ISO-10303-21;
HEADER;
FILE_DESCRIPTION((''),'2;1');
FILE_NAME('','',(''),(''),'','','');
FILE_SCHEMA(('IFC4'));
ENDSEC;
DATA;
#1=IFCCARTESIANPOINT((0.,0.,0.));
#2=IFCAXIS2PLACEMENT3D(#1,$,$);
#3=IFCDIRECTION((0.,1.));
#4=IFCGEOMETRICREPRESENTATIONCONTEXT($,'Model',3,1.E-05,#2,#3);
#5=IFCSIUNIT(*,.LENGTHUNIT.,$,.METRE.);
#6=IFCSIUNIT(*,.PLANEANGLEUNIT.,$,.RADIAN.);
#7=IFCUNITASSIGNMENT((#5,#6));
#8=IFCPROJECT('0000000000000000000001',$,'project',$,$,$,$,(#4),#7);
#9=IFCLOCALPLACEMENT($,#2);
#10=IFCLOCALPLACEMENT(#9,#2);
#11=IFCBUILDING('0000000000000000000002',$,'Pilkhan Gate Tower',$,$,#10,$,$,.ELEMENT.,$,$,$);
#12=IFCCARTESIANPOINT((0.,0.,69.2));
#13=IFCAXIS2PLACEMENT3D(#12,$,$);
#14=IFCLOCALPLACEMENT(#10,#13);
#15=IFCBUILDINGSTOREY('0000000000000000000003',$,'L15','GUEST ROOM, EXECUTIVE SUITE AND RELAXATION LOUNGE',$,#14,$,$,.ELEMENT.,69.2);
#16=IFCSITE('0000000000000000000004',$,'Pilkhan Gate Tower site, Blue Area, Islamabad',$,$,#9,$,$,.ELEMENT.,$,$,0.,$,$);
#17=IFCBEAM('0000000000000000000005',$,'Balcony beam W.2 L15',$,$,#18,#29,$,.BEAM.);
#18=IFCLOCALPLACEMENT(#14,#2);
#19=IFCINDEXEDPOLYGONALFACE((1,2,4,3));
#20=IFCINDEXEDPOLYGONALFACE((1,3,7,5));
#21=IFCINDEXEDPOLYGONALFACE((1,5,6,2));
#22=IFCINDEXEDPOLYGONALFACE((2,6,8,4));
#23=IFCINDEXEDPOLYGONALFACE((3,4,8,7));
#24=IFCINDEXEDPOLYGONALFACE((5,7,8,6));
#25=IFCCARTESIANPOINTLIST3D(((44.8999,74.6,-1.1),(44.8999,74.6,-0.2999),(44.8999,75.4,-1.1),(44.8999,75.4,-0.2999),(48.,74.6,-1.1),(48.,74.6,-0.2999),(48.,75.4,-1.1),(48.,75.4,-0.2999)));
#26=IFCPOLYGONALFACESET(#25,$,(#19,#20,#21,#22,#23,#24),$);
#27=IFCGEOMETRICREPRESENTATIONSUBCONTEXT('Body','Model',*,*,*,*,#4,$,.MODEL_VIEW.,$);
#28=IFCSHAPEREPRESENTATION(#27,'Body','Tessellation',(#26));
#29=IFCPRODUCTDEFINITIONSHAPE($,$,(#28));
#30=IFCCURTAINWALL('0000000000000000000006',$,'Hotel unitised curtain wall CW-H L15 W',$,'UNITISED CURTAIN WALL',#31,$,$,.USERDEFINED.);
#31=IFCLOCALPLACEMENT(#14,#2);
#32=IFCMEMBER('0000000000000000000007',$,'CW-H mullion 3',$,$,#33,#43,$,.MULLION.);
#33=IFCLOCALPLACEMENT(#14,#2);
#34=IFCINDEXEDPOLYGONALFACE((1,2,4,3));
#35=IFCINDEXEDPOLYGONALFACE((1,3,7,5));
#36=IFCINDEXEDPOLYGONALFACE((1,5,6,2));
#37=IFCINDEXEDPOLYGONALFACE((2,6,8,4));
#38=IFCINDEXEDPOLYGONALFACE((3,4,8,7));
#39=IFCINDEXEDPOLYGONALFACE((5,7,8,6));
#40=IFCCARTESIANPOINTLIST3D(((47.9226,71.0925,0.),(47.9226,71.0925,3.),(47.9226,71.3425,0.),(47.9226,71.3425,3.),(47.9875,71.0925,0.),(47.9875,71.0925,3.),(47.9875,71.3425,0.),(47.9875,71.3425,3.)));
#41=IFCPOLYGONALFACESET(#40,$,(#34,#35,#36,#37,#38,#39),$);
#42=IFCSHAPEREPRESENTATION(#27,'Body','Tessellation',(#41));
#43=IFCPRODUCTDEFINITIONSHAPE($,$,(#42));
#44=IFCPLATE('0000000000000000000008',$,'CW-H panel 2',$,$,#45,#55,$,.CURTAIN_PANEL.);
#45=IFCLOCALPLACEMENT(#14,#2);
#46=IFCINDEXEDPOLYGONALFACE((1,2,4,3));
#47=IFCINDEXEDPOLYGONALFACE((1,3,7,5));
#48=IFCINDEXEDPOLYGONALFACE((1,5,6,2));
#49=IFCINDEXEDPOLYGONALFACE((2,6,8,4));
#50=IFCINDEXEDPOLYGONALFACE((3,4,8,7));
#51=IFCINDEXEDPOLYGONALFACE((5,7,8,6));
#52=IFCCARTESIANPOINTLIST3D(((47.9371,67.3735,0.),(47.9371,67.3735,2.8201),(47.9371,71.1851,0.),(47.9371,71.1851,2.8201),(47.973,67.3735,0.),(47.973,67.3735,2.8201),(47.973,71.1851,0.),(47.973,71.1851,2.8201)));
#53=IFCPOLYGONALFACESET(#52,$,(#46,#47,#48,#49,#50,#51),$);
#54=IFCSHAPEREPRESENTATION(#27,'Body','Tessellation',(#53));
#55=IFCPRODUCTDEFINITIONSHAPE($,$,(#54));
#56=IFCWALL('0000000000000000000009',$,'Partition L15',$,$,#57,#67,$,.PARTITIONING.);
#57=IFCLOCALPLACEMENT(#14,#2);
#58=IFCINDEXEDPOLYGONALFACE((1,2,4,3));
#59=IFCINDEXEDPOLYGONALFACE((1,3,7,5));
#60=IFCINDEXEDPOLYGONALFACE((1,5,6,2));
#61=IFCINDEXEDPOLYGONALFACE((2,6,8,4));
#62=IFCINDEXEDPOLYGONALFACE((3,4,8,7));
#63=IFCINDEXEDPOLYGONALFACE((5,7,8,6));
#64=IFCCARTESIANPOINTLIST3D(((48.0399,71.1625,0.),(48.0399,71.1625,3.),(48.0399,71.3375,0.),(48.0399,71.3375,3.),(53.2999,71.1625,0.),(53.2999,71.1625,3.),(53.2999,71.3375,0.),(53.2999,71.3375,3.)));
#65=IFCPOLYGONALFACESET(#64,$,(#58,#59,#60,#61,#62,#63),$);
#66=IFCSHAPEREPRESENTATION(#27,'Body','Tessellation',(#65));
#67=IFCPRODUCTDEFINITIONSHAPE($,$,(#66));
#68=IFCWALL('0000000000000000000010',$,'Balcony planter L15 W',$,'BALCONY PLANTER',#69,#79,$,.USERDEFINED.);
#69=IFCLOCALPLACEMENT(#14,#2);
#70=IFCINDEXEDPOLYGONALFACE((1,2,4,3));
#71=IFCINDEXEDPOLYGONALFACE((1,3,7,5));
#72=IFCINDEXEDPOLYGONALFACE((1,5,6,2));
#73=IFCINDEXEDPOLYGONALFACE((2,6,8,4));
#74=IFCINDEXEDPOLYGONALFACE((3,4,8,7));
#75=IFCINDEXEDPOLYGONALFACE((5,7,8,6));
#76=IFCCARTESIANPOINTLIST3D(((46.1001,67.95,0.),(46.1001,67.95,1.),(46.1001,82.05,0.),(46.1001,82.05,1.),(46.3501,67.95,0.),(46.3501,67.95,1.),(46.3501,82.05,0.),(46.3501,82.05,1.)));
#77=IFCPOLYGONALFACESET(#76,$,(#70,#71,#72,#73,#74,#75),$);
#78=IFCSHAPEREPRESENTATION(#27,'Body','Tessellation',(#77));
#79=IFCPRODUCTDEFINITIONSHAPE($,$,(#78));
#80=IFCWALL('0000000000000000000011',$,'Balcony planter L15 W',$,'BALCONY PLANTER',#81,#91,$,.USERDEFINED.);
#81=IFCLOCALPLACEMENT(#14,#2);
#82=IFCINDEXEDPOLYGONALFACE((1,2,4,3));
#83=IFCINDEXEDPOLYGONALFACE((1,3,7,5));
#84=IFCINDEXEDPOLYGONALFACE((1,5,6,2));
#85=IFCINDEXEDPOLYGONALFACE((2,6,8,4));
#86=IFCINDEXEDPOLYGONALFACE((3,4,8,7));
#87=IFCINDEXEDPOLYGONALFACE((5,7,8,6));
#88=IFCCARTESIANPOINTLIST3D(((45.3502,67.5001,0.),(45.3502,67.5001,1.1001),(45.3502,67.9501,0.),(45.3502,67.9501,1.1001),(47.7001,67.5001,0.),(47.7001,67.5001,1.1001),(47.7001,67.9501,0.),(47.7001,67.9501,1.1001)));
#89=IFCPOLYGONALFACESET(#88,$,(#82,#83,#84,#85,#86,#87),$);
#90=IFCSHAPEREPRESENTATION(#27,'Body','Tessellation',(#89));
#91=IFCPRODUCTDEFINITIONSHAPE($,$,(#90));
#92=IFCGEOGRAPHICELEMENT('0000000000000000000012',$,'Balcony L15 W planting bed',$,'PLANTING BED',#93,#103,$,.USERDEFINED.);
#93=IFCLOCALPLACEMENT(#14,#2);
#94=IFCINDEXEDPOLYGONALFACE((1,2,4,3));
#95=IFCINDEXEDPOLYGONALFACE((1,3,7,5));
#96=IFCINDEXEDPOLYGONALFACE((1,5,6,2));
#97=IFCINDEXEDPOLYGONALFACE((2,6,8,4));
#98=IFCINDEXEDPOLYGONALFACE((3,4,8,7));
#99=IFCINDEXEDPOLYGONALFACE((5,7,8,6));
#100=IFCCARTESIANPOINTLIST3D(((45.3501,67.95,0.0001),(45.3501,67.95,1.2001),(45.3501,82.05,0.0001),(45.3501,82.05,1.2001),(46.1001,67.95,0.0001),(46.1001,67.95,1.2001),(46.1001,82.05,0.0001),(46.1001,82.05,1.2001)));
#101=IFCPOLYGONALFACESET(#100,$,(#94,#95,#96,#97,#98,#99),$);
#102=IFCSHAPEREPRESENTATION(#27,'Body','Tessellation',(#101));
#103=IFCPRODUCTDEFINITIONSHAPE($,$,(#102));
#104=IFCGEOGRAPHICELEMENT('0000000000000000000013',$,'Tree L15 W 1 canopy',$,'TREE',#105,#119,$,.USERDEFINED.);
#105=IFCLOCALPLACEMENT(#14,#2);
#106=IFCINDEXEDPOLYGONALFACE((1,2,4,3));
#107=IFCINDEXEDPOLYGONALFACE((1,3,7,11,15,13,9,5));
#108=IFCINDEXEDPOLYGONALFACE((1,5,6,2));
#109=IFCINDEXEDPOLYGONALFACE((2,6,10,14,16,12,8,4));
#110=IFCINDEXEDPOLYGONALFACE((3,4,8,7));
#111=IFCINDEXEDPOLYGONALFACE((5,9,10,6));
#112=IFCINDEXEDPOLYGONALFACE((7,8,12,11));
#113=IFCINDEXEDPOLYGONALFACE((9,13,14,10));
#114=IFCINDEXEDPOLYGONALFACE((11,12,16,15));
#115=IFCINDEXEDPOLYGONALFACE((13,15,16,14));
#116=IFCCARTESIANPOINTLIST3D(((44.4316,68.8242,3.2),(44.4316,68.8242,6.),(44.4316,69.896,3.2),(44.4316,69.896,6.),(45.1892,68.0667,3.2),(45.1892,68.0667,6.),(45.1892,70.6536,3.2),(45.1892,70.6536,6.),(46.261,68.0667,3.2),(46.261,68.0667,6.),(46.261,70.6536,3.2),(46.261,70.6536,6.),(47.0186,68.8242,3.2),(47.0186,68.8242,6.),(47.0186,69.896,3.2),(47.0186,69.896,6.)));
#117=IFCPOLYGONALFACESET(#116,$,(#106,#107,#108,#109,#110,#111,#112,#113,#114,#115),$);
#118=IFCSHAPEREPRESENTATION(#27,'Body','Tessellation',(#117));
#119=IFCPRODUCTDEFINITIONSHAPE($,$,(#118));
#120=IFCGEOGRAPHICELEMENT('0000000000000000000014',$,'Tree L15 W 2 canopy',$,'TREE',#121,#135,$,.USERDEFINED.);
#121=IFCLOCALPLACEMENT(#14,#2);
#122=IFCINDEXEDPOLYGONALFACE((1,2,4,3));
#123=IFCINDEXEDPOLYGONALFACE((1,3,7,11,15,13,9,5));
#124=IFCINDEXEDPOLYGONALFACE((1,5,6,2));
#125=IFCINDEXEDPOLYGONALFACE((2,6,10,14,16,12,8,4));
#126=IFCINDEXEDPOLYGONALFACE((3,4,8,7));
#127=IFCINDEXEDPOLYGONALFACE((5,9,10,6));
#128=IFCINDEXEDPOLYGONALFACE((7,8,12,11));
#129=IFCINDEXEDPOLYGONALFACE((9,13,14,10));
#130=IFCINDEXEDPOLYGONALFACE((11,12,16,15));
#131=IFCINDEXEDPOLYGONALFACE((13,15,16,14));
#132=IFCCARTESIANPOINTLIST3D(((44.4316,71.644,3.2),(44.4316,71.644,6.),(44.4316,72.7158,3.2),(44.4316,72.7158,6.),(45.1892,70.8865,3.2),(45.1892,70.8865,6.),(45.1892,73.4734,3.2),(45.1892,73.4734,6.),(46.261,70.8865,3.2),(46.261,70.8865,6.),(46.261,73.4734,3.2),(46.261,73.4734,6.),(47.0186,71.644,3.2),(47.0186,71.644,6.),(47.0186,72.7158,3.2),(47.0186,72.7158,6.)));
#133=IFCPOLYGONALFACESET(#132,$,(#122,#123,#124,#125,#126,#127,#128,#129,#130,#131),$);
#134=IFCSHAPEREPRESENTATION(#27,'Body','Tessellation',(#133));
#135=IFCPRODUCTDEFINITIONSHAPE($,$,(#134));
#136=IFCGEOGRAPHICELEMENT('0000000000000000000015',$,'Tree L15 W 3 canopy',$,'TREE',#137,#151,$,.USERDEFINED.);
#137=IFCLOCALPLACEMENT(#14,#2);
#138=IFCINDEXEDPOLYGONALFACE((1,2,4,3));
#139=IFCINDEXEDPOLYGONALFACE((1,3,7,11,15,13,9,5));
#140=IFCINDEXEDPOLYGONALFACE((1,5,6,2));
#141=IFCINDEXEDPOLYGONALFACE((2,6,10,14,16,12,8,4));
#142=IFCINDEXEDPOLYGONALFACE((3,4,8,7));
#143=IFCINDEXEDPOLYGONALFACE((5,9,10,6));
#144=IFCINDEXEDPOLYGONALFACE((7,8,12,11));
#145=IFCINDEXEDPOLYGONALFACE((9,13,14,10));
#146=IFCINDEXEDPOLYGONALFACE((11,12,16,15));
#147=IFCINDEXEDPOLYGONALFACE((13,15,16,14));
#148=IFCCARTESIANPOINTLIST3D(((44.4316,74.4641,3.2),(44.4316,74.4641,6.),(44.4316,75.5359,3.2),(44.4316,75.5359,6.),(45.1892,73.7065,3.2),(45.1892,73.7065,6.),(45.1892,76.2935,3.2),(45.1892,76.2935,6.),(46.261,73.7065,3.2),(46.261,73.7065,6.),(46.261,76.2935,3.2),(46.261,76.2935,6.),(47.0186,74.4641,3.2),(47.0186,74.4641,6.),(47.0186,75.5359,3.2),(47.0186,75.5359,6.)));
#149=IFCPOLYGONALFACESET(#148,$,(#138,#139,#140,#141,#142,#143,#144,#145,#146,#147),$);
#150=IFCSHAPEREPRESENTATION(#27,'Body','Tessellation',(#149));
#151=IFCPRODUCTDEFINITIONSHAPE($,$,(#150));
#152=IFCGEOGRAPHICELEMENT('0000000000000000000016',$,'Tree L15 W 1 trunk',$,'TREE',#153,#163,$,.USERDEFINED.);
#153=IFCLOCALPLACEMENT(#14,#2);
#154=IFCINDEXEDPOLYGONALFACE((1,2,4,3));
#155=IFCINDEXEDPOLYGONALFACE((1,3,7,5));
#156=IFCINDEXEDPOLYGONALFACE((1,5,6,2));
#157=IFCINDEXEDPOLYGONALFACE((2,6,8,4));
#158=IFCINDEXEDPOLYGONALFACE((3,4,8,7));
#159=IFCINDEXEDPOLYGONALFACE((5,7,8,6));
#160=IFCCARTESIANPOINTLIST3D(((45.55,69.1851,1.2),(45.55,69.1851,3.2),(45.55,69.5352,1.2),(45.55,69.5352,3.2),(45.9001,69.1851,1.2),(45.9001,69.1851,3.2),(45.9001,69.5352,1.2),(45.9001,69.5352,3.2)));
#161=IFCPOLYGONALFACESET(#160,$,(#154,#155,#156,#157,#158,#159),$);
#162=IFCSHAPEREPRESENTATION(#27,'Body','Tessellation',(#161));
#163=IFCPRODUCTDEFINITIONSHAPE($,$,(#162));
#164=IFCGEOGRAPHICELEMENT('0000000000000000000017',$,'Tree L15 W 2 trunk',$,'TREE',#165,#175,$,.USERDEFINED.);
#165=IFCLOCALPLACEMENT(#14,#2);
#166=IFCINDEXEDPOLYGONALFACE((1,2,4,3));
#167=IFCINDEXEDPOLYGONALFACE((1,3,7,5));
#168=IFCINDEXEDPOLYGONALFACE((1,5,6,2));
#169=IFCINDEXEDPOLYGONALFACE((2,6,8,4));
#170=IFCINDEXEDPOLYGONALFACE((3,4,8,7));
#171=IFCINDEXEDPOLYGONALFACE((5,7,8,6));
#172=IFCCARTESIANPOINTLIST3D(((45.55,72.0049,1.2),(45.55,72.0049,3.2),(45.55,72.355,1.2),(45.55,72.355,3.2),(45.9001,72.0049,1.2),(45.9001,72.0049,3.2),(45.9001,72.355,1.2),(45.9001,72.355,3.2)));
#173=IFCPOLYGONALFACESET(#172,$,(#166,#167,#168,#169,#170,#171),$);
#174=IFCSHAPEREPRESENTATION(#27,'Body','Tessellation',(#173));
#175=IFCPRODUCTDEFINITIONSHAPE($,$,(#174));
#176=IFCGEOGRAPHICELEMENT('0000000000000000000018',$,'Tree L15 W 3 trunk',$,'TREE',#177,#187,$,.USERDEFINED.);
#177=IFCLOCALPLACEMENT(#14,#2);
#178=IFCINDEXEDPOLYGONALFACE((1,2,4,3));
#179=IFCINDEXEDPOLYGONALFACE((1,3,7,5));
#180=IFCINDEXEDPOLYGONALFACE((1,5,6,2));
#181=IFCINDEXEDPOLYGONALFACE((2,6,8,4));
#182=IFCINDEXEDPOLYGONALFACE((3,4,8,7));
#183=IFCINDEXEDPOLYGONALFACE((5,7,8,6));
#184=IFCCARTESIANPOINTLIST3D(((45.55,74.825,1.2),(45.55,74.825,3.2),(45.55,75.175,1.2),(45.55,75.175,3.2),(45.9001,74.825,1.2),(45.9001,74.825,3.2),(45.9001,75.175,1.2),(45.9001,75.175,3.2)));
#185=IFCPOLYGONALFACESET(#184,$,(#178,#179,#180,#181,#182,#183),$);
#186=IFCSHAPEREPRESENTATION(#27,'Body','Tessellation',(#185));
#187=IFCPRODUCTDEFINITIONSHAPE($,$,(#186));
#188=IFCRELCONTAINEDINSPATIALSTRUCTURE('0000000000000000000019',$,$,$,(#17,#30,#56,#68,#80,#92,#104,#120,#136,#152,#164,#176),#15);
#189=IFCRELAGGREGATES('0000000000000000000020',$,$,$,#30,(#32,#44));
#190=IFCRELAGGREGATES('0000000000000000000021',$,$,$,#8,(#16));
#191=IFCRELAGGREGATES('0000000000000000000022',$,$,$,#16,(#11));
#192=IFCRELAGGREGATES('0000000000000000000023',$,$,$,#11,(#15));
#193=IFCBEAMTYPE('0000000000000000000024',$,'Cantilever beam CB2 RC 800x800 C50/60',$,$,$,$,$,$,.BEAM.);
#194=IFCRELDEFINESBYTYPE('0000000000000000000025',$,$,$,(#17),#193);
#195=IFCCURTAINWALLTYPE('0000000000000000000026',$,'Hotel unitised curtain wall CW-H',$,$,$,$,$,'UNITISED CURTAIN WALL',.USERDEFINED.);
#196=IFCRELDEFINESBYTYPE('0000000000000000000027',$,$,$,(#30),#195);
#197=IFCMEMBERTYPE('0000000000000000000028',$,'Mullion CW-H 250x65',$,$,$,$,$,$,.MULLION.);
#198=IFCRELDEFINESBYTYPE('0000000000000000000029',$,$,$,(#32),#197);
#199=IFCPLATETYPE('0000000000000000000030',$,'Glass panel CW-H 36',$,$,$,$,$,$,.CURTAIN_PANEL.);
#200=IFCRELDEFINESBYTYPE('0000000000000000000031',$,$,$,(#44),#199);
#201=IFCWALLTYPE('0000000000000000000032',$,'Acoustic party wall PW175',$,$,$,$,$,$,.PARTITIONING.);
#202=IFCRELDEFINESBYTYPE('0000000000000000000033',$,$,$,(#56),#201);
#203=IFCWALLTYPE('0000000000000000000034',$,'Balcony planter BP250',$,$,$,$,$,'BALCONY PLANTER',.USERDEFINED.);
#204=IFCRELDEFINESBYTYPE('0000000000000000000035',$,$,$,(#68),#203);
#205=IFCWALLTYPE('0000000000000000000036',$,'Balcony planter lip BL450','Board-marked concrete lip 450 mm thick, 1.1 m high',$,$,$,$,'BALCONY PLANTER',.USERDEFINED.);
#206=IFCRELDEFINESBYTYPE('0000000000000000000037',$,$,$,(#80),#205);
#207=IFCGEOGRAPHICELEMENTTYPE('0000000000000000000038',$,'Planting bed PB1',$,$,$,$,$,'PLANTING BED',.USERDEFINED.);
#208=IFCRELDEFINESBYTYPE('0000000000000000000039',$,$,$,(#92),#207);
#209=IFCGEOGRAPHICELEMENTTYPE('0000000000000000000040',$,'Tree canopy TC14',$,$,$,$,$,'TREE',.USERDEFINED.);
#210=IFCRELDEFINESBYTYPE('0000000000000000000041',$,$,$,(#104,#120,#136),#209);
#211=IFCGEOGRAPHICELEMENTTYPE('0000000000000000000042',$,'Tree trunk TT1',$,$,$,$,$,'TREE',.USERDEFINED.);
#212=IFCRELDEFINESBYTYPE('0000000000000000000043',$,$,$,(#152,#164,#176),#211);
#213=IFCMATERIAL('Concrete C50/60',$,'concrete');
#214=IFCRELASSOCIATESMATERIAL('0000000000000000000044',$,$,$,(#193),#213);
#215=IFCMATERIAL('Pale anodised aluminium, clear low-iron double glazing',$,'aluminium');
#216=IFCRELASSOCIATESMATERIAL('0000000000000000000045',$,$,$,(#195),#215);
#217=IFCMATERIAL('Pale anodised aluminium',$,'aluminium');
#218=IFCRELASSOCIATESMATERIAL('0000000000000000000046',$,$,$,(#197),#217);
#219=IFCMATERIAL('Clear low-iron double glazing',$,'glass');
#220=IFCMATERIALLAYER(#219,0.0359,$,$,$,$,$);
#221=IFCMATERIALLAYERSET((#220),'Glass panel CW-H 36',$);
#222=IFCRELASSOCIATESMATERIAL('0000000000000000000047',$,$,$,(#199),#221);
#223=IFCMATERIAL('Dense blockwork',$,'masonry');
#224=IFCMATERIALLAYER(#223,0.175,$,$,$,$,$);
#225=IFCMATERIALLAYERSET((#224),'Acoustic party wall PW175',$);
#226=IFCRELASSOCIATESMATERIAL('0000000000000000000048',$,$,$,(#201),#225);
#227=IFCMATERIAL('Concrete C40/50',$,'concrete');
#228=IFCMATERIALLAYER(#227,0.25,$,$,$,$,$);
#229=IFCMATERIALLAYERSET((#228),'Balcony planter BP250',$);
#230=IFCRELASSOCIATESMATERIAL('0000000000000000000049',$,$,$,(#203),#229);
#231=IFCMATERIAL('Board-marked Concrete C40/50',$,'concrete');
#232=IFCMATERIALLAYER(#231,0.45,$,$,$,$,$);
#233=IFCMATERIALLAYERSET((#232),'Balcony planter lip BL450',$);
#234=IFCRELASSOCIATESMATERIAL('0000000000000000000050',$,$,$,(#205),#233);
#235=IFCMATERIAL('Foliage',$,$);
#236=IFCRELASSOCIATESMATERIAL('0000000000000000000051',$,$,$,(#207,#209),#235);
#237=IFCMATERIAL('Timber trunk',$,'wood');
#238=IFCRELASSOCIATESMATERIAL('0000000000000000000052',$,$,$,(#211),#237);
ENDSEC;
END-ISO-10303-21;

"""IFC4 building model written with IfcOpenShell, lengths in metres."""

from ifc_helpers import new_model, si_unit, direction, frame, frame_2d, origin, origin_2d, place, context, subcontext, project, spatial, polyline, rectangle, outline, extrude, material, layer, layer_set, material_profile, profile_set, type_object, element, aggregate, save


model = new_model("IFC4")

# Units and contexts
model_context = context("Model", 3, precision=1e-05, world=origin(), true_north=direction((0.0, 1.0)))
body_context = subcontext(model_context, "Body", "Model", "MODEL_VIEW")
ifc_project = project(units=[si_unit("LENGTHUNIT", "METRE"), si_unit("PLANEANGLEUNIT", "RADIAN")], contexts=[model_context])

# Site, building, storey
site_placement = place(None, origin())
site = spatial("IfcSite", under=ifc_project, at=site_placement, Name="Pilkhan Gate Tower site, Blue Area, Islamabad", CompositionType="ELEMENT", RefElevation=0.0)
building_placement = place(site_placement, origin())
building = spatial("IfcBuilding", under=site, at=building_placement, Name="Pilkhan Gate Tower", CompositionType="ELEMENT")
storey_placement = place(building_placement, frame((0.0, 0.0, 69.2)))
storey = spatial("IfcBuildingStorey", under=building, at=storey_placement, Name="L15", Description="GUEST ROOM, EXECUTIVE SUITE AND RELAXATION LOUNGE", CompositionType="ELEMENT", Elevation=69.2)

# Beam
ifc_material_1 = material(Name="Concrete C50/60", Category="concrete")
ifc_material_profile_1 = material_profile(ifc_material_1, rectangle(XDim=0.8, YDim=0.8, at=origin_2d()), Name="RC 800x800")
ifc_profile_set_1 = profile_set([ifc_material_profile_1], Name="Concrete C50/60")
beam_type = type_object("IfcBeamType", Name="Cantilever beam CB2 RC 800x800 C50/60", PredefinedType="BEAM", material=ifc_profile_set_1)
beam_placement = place(storey_placement, frame((48.0, 75.0, -0.7), z_axis=(-1.0, 0.0, 0.0), x_axis=(0.0, -1.0, 0.0)))
element("IfcBeam", 1, at=beam_placement, inside=storey, type_object=beam_type, Name="Balcony beam W.2 L15", PredefinedType="BEAM", context=body_context, shape_type="SweptSolid", body=[
    extrude(rectangle(XDim=0.8, YDim=0.8, at=origin_2d()), origin(), (0.0, 0.0, 1.0), 3.1001),
])

# Curtain wall, member, plate
ifc_material_2 = material(Name="Pale anodised aluminium, clear low-iron double glazing", Category="aluminium")
curtain_wall_type = type_object("IfcCurtainWallType", Name="Hotel unitised curtain wall CW-H", ElementType="UNITISED CURTAIN WALL", PredefinedType="USERDEFINED", material=ifc_material_2)
curtain_wall_placement = place(storey_placement, origin())
curtain_wall = element("IfcCurtainWall", 2, at=curtain_wall_placement, inside=storey, type_object=curtain_wall_type, Name="Hotel unitised curtain wall CW-H L15 W", ObjectType="UNITISED CURTAIN WALL", PredefinedType="USERDEFINED")
ifc_material_3 = material(Name="Pale anodised aluminium", Category="aluminium")
ifc_material_profile_2 = material_profile(ifc_material_3, rectangle(XDim=0.0649, YDim=0.25, at=origin_2d()), Name="Mullion 250x65")
ifc_profile_set_2 = profile_set([ifc_material_profile_2], Name="Pale anodised aluminium")
member_type = type_object("IfcMemberType", Name="Mullion CW-H 250x65", PredefinedType="MULLION", material=ifc_profile_set_2)
member_placement = place(storey_placement, frame((47.9551, 71.2175, 0.0), z_axis=(0.0, 0.0, 1.0), x_axis=(-1.0, 0.0, 0.0)))
member = element("IfcMember", 3, at=member_placement, type_object=member_type, Name="CW-H mullion 3", PredefinedType="MULLION", context=body_context, shape_type="SweptSolid", body=[
    extrude(rectangle(XDim=0.0649, YDim=0.25, at=origin_2d()), origin(), (0.0, 0.0, 1.0), 3.0),
])
ifc_material_4 = material(Name="Clear low-iron double glazing", Category="glass")
ifc_layer_1 = layer(ifc_material_4, 0.0359)
ifc_layer_set_1 = layer_set([ifc_layer_1], Name="Glass panel CW-H 36")
plate_type = type_object("IfcPlateType", Name="Glass panel CW-H 36", PredefinedType="CURTAIN_PANEL", material=ifc_layer_set_1)
plate_placement = place(storey_placement, frame((47.9551, 69.2793, 0.0), z_axis=(0.0, 0.0, 1.0), x_axis=(0.0, 1.0, 0.0)))
plate = element("IfcPlate", 4, at=plate_placement, type_object=plate_type, Name="CW-H panel 2", PredefinedType="CURTAIN_PANEL", context=body_context, shape_type="SweptSolid", body=[
    extrude(rectangle(XDim=3.8115, YDim=0.0359, at=origin_2d()), origin(), (0.0, 0.0, 1.0), 2.8201),
])
aggregate(curtain_wall, [member, plate])

# Walls
ifc_material_5 = material(Name="Dense blockwork", Category="masonry")
ifc_layer_2 = layer(ifc_material_5, 0.175)
ifc_layer_set_2 = layer_set([ifc_layer_2], Name="Acoustic party wall PW175")
wall_type_1 = type_object("IfcWallType", Name="Acoustic party wall PW175", PredefinedType="PARTITIONING", material=ifc_layer_set_2)
wall_1_placement = place(storey_placement, frame((48.04, 71.25, 0.0), z_axis=(0.0, 0.0, 1.0), x_axis=(1.0, 0.0, 0.0)))
element("IfcWall", 5, at=wall_1_placement, inside=storey, type_object=wall_type_1, Name="Partition L15", PredefinedType="PARTITIONING", context=body_context, shape_type="SweptSolid", body=[
    extrude(rectangle(XDim=5.26, YDim=0.175, at=frame_2d((2.6299, 0.0))), origin(), (0.0, 0.0, 1.0), 3.0),
])
ifc_material_6 = material(Name="Concrete C40/50", Category="concrete")
ifc_layer_3 = layer(ifc_material_6, 0.25)
ifc_layer_set_3 = layer_set([ifc_layer_3], Name="Balcony planter BP250")
wall_type_2 = type_object("IfcWallType", Name="Balcony planter BP250", ElementType="BALCONY PLANTER", PredefinedType="USERDEFINED", material=ifc_layer_set_3)
wall_2_placement = place(storey_placement, frame((46.2251, 67.95, 0.0), z_axis=(0.0, 0.0, 1.0), x_axis=(0.0, 1.0, 0.0)))
element("IfcWall", 6, at=wall_2_placement, inside=storey, type_object=wall_type_2, Name="Balcony planter L15 W", ObjectType="BALCONY PLANTER", PredefinedType="USERDEFINED", context=body_context, shape_type="SweptSolid", body=[
    extrude(rectangle(XDim=14.1001, YDim=0.25, at=frame_2d((7.05, 0.0))), origin(), (0.0, 0.0, 1.0), 1.0),
])
ifc_material_7 = material(Name="Board-marked Concrete C40/50", Category="concrete")
ifc_layer_4 = layer(ifc_material_7, 0.45)
ifc_layer_set_4 = layer_set([ifc_layer_4], Name="Balcony planter lip BL450")
wall_type_3 = type_object("IfcWallType", Name="Balcony planter lip BL450", Description="Board-marked concrete lip 450 mm thick, 1.1 m high", ElementType="BALCONY PLANTER", PredefinedType="USERDEFINED", material=ifc_layer_set_4)
wall_3_placement = place(storey_placement, frame((47.7, 67.7251, 0.0), z_axis=(0.0, 0.0, 1.0), x_axis=(-1.0, 0.0, 0.0)))
element("IfcWall", 7, at=wall_3_placement, inside=storey, type_object=wall_type_3, Name="Balcony planter L15 W", ObjectType="BALCONY PLANTER", PredefinedType="USERDEFINED", context=body_context, shape_type="SweptSolid", body=[
    extrude(rectangle(XDim=2.3499, YDim=0.45, at=frame_2d((1.1748, 0.0))), origin(), (0.0, 0.0, 1.0), 1.1001),
])

# Geographic elements
ifc_material_8 = material(Name="Foliage")
ifc_material_profile_3 = material_profile(ifc_material_8, rectangle(XDim=0.75, YDim=1.2, at=origin_2d()), Name="Bed 750x1200")
ifc_profile_set_3 = profile_set([ifc_material_profile_3], Name="Foliage")
geographic_element_type_1 = type_object("IfcGeographicElementType", Name="Planting bed PB1", ElementType="PLANTING BED", PredefinedType="USERDEFINED", material=ifc_profile_set_3)
geographic_element_placement = place(storey_placement, frame((45.7251, 67.95, 0.6001), z_axis=(0.0, 1.0, 0.0), x_axis=(-1.0, 0.0, 0.0)))
element("IfcGeographicElement", 8, at=geographic_element_placement, inside=storey, type_object=geographic_element_type_1, Name="Balcony L15 W planting bed", ObjectType="PLANTING BED", PredefinedType="USERDEFINED", context=body_context, shape_type="SweptSolid", body=[
    extrude(rectangle(XDim=0.75, YDim=1.2, at=origin_2d()), origin(), (0.0, 0.0, 1.0), 14.1001),
])
ifc_material_profile_4 = material_profile(ifc_material_8, outline(polyline([(1.2935, 0.5359), (0.5359, 1.2935), (-0.5359, 1.2935), (-1.2935, 0.5359), (-1.2935, -0.5359), (-0.5359, -1.2935), (0.5359, -1.2935), (1.2935, -0.5359), (1.2935, 0.5359)])), Name="Canopy D2.8")
ifc_profile_set_4 = profile_set([ifc_material_profile_4], Name="Foliage")
geographic_element_type_2 = type_object("IfcGeographicElementType", Name="Tree canopy TC14", ElementType="TREE", PredefinedType="USERDEFINED", material=ifc_profile_set_4)
for number, where, z_axis, x_axis, name in (
    (9, (45.7251, 69.3601, 3.2), (0.0, 0.0, 1.0), (1.0, 0.0, 0.0), "Tree L15 W 1 canopy"),
    (10, (45.7251, 72.1799, 3.2), (0.0, 0.0, 1.0), (1.0, 0.0, 0.0), "Tree L15 W 2 canopy"),
    (11, (45.7251, 75.0, 3.2), (0.0, 0.0, 1.0), (1.0, 0.0, 0.0), "Tree L15 W 3 canopy"),
):
    element("IfcGeographicElement", number, at=place(storey_placement, frame(where, z_axis=z_axis, x_axis=x_axis)), inside=storey, type_object=geographic_element_type_2, Name=name, ObjectType="TREE", PredefinedType="USERDEFINED", context=body_context, shape_type="SweptSolid", body=[
        extrude(outline(polyline([(1.2935, 0.5359), (0.5359, 1.2935), (-0.5359, 1.2935), (-1.2935, 0.5359), (-1.2935, -0.5359), (-0.5359, -1.2935), (0.5359, -1.2935), (1.2935, -0.5359), (1.2935, 0.5359)])), origin(), (0.0, 0.0, 1.0), 2.8),
    ])
ifc_material_9 = material(Name="Timber trunk", Category="wood")
geographic_element_type_3 = type_object("IfcGeographicElementType", Name="Tree trunk TT1", ElementType="TREE", PredefinedType="USERDEFINED", material=ifc_material_9)
for number, where, z_axis, x_axis, name in (
    (12, (45.7251, 69.3601, 1.2), (0.0, 0.0, 1.0), (1.0, 0.0, 0.0), "Tree L15 W 1 trunk"),
    (13, (45.7251, 72.1799, 1.2), (0.0, 0.0, 1.0), (1.0, 0.0, 0.0), "Tree L15 W 2 trunk"),
    (14, (45.7251, 75.0, 1.2), (0.0, 0.0, 1.0), (1.0, 0.0, 0.0), "Tree L15 W 3 trunk"),
):
    element("IfcGeographicElement", number, at=place(storey_placement, frame(where, z_axis=z_axis, x_axis=x_axis)), inside=storey, type_object=geographic_element_type_3, Name=name, ObjectType="TREE", PredefinedType="USERDEFINED", context=body_context, shape_type="SweptSolid", body=[
        extrude(rectangle(XDim=0.3501, YDim=0.3501, at=origin_2d()), origin(), (0.0, 0.0, 1.0), 2.0),
    ])

save(model, "model.ifc")
